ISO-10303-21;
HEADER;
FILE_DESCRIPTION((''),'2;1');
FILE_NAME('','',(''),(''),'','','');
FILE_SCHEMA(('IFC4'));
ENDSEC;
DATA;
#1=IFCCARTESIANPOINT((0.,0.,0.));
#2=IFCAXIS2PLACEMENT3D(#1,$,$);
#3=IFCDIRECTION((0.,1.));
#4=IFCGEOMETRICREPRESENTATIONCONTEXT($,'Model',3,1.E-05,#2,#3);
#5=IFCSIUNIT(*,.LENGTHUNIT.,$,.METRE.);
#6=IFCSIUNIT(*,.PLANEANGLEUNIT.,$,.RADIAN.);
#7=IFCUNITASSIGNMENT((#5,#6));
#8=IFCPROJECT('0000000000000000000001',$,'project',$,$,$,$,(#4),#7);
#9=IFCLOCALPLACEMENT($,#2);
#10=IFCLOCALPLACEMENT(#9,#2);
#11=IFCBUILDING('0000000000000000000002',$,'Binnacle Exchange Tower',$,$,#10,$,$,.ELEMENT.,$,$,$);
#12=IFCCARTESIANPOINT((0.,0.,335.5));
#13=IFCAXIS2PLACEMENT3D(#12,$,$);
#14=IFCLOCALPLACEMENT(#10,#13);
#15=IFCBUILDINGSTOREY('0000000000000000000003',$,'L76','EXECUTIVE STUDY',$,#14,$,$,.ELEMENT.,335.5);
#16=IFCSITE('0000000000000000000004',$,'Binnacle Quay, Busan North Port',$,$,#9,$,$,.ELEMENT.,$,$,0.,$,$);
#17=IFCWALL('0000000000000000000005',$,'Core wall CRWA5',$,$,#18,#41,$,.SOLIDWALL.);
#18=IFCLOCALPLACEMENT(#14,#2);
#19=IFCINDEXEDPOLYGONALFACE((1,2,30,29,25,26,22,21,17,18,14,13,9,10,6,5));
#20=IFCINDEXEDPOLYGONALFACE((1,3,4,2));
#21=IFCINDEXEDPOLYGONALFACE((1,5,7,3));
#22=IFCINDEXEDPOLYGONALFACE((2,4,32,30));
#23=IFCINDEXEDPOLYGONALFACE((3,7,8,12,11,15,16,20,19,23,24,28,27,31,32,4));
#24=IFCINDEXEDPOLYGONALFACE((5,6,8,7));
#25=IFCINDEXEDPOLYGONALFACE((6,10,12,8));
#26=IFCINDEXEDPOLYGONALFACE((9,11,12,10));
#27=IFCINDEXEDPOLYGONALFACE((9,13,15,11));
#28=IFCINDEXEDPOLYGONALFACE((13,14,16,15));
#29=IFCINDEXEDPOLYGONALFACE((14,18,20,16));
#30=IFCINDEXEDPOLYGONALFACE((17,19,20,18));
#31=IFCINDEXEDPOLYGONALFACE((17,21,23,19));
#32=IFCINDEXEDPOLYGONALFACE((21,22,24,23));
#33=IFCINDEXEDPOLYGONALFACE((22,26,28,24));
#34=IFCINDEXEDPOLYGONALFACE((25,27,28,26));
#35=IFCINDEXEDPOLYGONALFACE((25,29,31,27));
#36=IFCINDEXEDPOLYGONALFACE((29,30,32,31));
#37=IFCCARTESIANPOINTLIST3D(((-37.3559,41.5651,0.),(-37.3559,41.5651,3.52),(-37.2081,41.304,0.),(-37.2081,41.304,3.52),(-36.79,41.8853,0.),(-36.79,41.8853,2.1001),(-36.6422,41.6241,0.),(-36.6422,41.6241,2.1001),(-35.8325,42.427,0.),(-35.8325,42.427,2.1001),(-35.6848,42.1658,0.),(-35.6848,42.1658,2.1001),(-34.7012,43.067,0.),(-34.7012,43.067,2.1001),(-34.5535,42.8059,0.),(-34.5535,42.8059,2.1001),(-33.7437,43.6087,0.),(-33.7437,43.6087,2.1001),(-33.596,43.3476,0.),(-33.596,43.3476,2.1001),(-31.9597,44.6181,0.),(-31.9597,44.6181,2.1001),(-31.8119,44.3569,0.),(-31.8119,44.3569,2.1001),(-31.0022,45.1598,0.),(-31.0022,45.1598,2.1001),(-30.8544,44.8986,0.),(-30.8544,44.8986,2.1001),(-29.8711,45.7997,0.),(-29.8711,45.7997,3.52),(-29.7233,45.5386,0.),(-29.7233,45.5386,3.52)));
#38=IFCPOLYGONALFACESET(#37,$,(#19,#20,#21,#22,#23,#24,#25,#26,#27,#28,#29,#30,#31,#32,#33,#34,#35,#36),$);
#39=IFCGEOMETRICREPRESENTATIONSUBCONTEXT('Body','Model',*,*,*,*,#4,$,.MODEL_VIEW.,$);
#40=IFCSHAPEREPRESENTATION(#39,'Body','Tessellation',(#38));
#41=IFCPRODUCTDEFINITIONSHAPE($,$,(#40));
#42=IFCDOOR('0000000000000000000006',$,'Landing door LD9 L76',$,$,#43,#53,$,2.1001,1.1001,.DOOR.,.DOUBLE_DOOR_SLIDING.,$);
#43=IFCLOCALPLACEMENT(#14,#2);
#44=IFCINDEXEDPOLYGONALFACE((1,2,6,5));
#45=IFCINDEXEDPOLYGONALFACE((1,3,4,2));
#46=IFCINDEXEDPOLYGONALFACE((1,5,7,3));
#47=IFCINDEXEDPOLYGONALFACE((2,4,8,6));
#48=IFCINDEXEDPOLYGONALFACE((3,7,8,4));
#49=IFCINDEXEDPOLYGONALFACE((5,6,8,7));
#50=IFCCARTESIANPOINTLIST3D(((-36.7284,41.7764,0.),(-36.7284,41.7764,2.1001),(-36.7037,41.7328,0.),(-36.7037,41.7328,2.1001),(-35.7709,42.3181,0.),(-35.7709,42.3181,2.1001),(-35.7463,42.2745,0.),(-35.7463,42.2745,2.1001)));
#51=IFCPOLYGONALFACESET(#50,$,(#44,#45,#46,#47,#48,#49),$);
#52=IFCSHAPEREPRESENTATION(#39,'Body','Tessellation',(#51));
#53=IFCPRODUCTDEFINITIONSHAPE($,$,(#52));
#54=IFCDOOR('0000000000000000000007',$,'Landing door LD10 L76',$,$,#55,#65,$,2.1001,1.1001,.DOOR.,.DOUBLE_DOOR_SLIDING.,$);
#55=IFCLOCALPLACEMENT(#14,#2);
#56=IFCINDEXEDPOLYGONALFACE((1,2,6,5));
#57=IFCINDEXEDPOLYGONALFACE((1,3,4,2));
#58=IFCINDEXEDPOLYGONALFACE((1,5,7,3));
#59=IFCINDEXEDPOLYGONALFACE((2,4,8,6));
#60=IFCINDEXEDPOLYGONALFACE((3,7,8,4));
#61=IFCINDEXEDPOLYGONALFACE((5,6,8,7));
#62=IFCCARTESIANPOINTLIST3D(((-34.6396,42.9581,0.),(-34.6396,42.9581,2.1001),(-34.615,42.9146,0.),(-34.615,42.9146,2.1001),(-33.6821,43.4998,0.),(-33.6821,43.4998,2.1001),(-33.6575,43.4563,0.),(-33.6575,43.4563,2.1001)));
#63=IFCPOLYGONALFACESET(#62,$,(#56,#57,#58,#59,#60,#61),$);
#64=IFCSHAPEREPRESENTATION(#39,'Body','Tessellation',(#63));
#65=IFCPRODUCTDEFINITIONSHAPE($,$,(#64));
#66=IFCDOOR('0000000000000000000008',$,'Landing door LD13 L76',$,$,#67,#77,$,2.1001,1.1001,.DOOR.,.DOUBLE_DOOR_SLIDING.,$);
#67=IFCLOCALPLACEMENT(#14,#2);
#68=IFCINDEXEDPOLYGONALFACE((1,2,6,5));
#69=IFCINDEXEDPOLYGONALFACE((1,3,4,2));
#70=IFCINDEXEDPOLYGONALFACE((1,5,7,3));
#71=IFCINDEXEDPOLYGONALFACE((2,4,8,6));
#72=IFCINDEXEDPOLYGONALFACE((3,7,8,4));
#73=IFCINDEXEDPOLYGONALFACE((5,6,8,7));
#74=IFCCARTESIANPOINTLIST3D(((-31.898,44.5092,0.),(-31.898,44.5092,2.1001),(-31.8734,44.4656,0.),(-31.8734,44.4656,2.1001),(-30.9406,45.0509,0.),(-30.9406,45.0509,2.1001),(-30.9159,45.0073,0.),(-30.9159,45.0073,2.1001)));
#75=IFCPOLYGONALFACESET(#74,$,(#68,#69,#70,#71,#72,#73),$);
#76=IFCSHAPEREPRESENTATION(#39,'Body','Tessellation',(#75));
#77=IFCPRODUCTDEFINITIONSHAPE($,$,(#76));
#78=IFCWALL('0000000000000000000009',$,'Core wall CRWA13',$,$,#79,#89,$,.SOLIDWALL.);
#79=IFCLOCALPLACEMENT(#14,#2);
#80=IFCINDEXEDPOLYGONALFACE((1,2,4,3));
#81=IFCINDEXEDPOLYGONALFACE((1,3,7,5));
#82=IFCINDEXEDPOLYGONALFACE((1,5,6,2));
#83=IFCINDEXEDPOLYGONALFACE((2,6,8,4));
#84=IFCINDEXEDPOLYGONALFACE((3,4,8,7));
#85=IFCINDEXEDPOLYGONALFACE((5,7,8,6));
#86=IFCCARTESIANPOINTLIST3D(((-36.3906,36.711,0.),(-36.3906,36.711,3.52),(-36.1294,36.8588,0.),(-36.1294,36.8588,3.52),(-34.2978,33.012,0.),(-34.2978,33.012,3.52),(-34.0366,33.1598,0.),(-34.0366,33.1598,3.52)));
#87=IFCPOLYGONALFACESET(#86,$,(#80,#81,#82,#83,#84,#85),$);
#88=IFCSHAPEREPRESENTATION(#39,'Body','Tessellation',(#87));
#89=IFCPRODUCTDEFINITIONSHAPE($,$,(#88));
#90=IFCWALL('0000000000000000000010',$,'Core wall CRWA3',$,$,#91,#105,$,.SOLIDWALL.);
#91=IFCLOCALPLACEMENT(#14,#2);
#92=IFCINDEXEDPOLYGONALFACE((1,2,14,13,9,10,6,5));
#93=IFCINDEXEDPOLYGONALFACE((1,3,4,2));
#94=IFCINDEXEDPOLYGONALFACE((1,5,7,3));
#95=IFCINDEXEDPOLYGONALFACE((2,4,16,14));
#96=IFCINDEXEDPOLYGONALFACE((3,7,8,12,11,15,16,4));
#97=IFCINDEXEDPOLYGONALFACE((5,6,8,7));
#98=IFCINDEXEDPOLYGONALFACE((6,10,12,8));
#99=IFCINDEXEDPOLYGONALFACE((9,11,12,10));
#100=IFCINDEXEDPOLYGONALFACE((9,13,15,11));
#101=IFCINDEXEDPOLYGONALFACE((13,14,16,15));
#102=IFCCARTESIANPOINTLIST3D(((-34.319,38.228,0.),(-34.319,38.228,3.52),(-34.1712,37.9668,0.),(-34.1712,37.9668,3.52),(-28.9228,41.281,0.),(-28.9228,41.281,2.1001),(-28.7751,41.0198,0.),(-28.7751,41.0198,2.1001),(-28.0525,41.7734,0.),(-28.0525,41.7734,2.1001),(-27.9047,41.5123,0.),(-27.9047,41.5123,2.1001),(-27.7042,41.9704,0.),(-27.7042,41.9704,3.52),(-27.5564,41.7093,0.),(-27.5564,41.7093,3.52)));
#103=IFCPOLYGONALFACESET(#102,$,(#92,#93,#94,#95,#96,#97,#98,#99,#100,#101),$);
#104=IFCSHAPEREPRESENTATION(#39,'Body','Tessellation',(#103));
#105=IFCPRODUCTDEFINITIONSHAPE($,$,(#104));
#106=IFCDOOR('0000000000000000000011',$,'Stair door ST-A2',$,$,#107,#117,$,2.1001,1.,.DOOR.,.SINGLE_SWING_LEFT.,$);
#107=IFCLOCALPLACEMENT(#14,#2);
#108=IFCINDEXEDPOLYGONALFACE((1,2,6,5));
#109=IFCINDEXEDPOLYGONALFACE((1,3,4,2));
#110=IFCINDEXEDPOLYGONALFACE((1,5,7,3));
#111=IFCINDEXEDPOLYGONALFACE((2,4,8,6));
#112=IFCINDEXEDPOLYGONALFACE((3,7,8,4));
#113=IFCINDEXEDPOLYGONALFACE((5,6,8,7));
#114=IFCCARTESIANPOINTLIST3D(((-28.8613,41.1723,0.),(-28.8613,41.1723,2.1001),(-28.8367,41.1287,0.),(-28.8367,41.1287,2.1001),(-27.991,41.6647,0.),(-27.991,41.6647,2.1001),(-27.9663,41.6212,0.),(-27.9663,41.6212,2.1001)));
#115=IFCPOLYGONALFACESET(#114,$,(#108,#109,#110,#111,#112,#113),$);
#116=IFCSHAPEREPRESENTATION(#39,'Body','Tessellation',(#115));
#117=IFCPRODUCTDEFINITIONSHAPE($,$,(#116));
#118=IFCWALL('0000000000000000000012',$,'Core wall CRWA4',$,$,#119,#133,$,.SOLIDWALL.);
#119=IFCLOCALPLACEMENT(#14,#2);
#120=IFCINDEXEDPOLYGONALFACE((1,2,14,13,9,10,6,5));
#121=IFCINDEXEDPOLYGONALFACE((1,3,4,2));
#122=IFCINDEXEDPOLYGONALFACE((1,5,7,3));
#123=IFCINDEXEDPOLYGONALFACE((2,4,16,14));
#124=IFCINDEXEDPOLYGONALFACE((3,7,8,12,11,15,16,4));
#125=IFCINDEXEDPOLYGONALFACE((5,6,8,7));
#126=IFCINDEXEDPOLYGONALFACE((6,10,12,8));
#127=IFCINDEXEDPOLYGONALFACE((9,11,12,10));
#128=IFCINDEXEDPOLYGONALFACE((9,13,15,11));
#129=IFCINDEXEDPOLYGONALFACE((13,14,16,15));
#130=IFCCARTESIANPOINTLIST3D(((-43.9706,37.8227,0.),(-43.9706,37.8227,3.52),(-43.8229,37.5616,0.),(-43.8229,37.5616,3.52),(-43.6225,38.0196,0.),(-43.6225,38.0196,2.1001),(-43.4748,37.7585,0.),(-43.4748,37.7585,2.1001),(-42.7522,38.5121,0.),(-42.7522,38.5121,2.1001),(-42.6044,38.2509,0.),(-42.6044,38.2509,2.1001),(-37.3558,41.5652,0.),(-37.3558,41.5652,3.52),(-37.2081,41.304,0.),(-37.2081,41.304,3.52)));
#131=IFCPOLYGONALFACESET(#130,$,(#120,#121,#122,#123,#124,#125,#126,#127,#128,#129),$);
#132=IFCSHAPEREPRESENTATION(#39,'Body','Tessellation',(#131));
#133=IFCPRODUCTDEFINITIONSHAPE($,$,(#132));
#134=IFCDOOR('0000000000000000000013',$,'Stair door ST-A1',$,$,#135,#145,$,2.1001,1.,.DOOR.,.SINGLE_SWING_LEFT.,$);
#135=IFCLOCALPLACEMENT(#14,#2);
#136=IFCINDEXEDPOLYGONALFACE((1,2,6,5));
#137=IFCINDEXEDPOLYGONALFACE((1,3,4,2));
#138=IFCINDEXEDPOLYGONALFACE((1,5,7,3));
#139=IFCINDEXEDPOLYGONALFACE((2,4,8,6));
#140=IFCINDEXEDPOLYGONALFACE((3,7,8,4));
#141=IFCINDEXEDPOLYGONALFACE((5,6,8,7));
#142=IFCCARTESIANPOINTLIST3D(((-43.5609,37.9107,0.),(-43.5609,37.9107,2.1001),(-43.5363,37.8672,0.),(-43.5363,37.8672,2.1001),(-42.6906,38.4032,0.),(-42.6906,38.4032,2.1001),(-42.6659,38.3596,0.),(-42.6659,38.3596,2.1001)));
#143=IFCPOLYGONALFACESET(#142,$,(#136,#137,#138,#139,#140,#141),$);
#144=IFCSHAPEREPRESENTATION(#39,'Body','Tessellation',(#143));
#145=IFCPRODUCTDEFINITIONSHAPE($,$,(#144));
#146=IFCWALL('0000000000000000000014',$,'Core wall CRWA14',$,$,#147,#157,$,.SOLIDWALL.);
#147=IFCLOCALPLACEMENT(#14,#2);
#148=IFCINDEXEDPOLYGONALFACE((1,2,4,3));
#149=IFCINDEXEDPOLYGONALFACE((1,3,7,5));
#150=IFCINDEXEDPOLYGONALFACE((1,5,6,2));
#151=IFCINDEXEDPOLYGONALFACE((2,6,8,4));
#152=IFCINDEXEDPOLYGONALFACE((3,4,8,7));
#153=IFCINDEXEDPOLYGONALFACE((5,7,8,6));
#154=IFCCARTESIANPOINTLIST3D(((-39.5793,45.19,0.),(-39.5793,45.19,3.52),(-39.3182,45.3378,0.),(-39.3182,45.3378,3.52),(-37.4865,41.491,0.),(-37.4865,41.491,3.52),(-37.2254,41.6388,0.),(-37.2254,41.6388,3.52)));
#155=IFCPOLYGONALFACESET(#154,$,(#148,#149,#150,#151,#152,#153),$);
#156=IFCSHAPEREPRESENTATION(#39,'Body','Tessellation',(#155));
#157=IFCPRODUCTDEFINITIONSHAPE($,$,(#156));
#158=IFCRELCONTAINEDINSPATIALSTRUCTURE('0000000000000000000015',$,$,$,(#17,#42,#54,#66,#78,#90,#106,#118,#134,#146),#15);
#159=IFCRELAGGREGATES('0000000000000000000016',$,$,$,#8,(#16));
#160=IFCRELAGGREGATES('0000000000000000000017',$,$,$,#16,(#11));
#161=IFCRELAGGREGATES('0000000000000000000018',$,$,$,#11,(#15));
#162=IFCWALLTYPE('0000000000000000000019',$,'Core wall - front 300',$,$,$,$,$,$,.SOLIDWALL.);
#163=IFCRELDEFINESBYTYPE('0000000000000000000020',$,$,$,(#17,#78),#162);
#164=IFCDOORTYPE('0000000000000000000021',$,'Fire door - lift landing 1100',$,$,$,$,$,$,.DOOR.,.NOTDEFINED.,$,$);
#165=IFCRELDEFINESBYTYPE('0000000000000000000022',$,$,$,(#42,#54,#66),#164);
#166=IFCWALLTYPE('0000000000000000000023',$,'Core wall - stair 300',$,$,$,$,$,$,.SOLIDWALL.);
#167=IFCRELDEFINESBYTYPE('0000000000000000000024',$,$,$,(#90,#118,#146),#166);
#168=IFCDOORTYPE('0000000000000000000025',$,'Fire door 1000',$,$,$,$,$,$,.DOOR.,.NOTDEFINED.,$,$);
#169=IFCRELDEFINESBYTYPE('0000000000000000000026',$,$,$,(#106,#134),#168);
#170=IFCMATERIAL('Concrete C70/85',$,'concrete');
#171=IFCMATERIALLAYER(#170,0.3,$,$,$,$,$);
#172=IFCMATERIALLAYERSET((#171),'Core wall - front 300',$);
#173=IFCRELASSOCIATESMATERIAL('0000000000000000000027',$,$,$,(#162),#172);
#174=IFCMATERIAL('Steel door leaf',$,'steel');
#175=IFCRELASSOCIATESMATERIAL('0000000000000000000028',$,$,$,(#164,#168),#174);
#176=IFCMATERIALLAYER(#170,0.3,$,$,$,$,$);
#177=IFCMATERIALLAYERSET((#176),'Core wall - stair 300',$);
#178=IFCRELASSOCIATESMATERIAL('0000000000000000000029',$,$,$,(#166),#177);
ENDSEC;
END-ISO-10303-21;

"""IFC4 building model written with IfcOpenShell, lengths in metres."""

from ifc_helpers import new_model, si_unit, direction, frame, frame_2d, origin, place, context, subcontext, project, spatial, rectangle, extrude, material, layer, layer_set, type_object, element, fill, save


model = new_model("IFC4")

# Units and contexts
model_context = context("Model", 3, precision=1e-05, world=origin(), true_north=direction((0.0, 1.0)))
body_context = subcontext(model_context, "Body", "Model", "MODEL_VIEW")
ifc_project = project(units=[si_unit("LENGTHUNIT", "METRE"), si_unit("PLANEANGLEUNIT", "RADIAN")], contexts=[model_context])

# Site, building, storey
site_placement = place(None, origin())
site = spatial("IfcSite", under=ifc_project, at=site_placement, Name="Binnacle Quay, Busan North Port", CompositionType="ELEMENT", RefElevation=0.0)
building_placement = place(site_placement, origin())
building = spatial("IfcBuilding", under=site, at=building_placement, Name="Binnacle Exchange Tower", CompositionType="ELEMENT")
storey_placement = place(building_placement, frame((0.0, 0.0, 335.5)))
storey = spatial("IfcBuildingStorey", under=building, at=storey_placement, Name="L76", Description="EXECUTIVE STUDY", CompositionType="ELEMENT", Elevation=335.5)

# Wall, openings, doors
ifc_material_1 = material(Name="Concrete C70/85", Category="concrete")
ifc_layer_1 = layer(ifc_material_1, 0.3)
ifc_layer_set_1 = layer_set([ifc_layer_1], Name="Core wall - front 300")
wall_type_1 = type_object("IfcWallType", Name="Core wall - front 300", PredefinedType="SOLIDWALL", material=ifc_layer_set_1)
wall_1_placement = place(storey_placement, frame((-37.282, 41.4346, 0.0), z_axis=(0.0, 0.0, 1.0), x_axis=(0.870361, 0.492414, 0.0)))
wall_1 = element("IfcWall", 1, at=wall_1_placement, inside=storey, type_object=wall_type_1, Name="Core wall CRWA5", PredefinedType="SOLIDWALL", context=body_context, shape_type="SweptSolid", body=[
    extrude(rectangle(XDim=8.5996, YDim=0.3, at=frame_2d((4.2998, 0.0))), origin(), (0.0, 0.0, 1.0), 3.52),
])
opening_1_placement = place(wall_1_placement, frame((0.6501, 0.0, 0.0)))
opening_1 = element("IfcOpeningElement", 2, at=opening_1_placement, cuts=wall_1, PredefinedType="OPENING", context=body_context, shape_type="SweptSolid", body=[
    extrude(rectangle(XDim=1.1001, YDim=2.1001, at=frame_2d((0.55, 1.05))), frame((0.0, 0.1599, 0.0), z_axis=(0.0, -1.0, 0.0), x_axis=(1.0, 0.0, 0.0)), (0.0, 0.0, 1.0), 0.3201),
])
opening_2_placement = place(wall_1_placement, frame((3.05, 0.0, 0.0)))
opening_2 = element("IfcOpeningElement", 3, at=opening_2_placement, cuts=wall_1, PredefinedType="OPENING", context=body_context, shape_type="SweptSolid", body=[
    extrude(rectangle(XDim=1.1001, YDim=2.1001, at=frame_2d((0.55, 1.05))), frame((0.0, 0.1599, 0.0), z_axis=(0.0, -1.0, 0.0), x_axis=(1.0, 0.0, 0.0)), (0.0, 0.0, 1.0), 0.3201),
])
opening_3_placement = place(wall_1_placement, frame((6.2, 0.0, 0.0)))
opening_3 = element("IfcOpeningElement", 4, at=opening_3_placement, cuts=wall_1, PredefinedType="OPENING", context=body_context, shape_type="SweptSolid", body=[
    extrude(rectangle(XDim=1.1001, YDim=2.1001, at=frame_2d((0.55, 1.05))), frame((0.0, 0.1599, 0.0), z_axis=(0.0, -1.0, 0.0), x_axis=(1.0, 0.0, 0.0)), (0.0, 0.0, 1.0), 0.3201),
])
ifc_material_2 = material(Name="Steel door leaf", Category="steel")
door_type_1 = type_object("IfcDoorType", Name="Fire door - lift landing 1100", OperationType="NOTDEFINED", PredefinedType="DOOR", material=ifc_material_2)
door_1_placement = place(opening_1_placement, origin())
door_1 = element("IfcDoor", 5, at=door_1_placement, inside=storey, type_object=door_type_1, Name="Landing door LD9 L76", OperationType="DOUBLE_DOOR_SLIDING", OverallHeight=2.1001, OverallWidth=1.1001, PredefinedType="DOOR", context=body_context, shape_type="SweptSolid", body=[
    extrude(rectangle(XDim=1.1001, YDim=2.1001, at=frame_2d((0.55, 1.05))), frame((0.0, 0.0249, 0.0), z_axis=(0.0, -1.0, 0.0), x_axis=(1.0, 0.0, 0.0)), (0.0, 0.0, 1.0), 0.05),
])
fill(opening_1, door_1)
door_2_placement = place(opening_2_placement, origin())
door_2 = element("IfcDoor", 6, at=door_2_placement, inside=storey, type_object=door_type_1, Name="Landing door LD10 L76", OperationType="DOUBLE_DOOR_SLIDING", OverallHeight=2.1001, OverallWidth=1.1001, PredefinedType="DOOR", context=body_context, shape_type="SweptSolid", body=[
    extrude(rectangle(XDim=1.1001, YDim=2.1001, at=frame_2d((0.55, 1.05))), frame((0.0, 0.0249, 0.0), z_axis=(0.0, -1.0, 0.0), x_axis=(1.0, 0.0, 0.0)), (0.0, 0.0, 1.0), 0.05),
])
fill(opening_2, door_2)
door_3_placement = place(opening_3_placement, origin())
door_3 = element("IfcDoor", 7, at=door_3_placement, inside=storey, type_object=door_type_1, Name="Landing door LD13 L76", OperationType="DOUBLE_DOOR_SLIDING", OverallHeight=2.1001, OverallWidth=1.1001, PredefinedType="DOOR", context=body_context, shape_type="SweptSolid", body=[
    extrude(rectangle(XDim=1.1001, YDim=2.1001, at=frame_2d((0.55, 1.05))), frame((0.0, 0.0249, 0.0), z_axis=(0.0, -1.0, 0.0), x_axis=(1.0, 0.0, 0.0)), (0.0, 0.0, 1.0), 0.05),
])
fill(opening_3, door_3)

# Wall
wall_2_placement = place(storey_placement, frame((-36.26, 36.7849, 0.0), z_axis=(0.0, 0.0, 1.0), x_axis=(0.492423, -0.870356, 0.0)))
element("IfcWall", 8, at=wall_2_placement, inside=storey, type_object=wall_type_1, Name="Core wall CRWA13", PredefinedType="SOLIDWALL", context=body_context, shape_type="SweptSolid", body=[
    extrude(rectangle(XDim=4.25, YDim=0.3, at=frame_2d((2.125, 0.0))), origin(), (0.0, 0.0, 1.0), 3.52),
])

# Walls, openings, doors
ifc_layer_2 = layer(ifc_material_1, 0.3)
ifc_layer_set_2 = layer_set([ifc_layer_2], Name="Core wall - stair 300")
wall_type_2 = type_object("IfcWallType", Name="Core wall - stair 300", PredefinedType="SOLIDWALL", material=ifc_layer_set_2)
wall_3_placement = place(storey_placement, frame((-34.2451, 38.0974, 0.0), z_axis=(0.0, 0.0, 1.0), x_axis=(0.870356, 0.492422, 0.0)))
wall_3 = element("IfcWall", 9, at=wall_3_placement, inside=storey, type_object=wall_type_2, Name="Core wall CRWA3", PredefinedType="SOLIDWALL", context=body_context, shape_type="SweptSolid", body=[
    extrude(rectangle(XDim=7.6001, YDim=0.3, at=frame_2d((3.8, 0.0))), origin(), (0.0, 0.0, 1.0), 3.52),
])
opening_4_placement = place(wall_3_placement, frame((6.2, 0.0, 0.0)))
opening_4 = element("IfcOpeningElement", 10, at=opening_4_placement, cuts=wall_3, PredefinedType="OPENING", context=body_context, shape_type="SweptSolid", body=[
    extrude(rectangle(XDim=1.0, YDim=2.1001, at=frame_2d((0.5, 1.05))), frame((0.0, 0.1599, 0.0), z_axis=(0.0, -1.0, 0.0), x_axis=(1.0, 0.0, 0.0)), (0.0, 0.0, 1.0), 0.3201),
])
door_type_2 = type_object("IfcDoorType", Name="Fire door 1000", OperationType="NOTDEFINED", PredefinedType="DOOR", material=ifc_material_2)
door_4_placement = place(opening_4_placement, frame((1.0, 0.0, 0.0), z_axis=(0.0, 0.0, 1.0), x_axis=(-1.0, 0.0, 0.0)))
door_4 = element("IfcDoor", 11, at=door_4_placement, inside=storey, type_object=door_type_2, Name="Stair door ST-A2", OperationType="SINGLE_SWING_LEFT", OverallHeight=2.1001, OverallWidth=1.0, PredefinedType="DOOR", context=body_context, shape_type="SweptSolid", body=[
    extrude(rectangle(XDim=1.0, YDim=2.1001, at=frame_2d((0.5, 1.05))), frame((0.0, 0.0249, 0.0), z_axis=(0.0, -1.0, 0.0), x_axis=(1.0, 0.0, 0.0)), (0.0, 0.0, 1.0), 0.05),
])
fill(opening_4, door_4)
wall_4_placement = place(storey_placement, frame((-43.8967, 37.6921, 0.0), z_axis=(0.0, 0.0, 1.0), x_axis=(0.870356, 0.492422, 0.0)))
wall_4 = element("IfcWall", 12, at=wall_4_placement, inside=storey, type_object=wall_type_2, Name="Core wall CRWA4", PredefinedType="SOLIDWALL", context=body_context, shape_type="SweptSolid", body=[
    extrude(rectangle(XDim=7.6001, YDim=0.3, at=frame_2d((3.8, 0.0))), origin(), (0.0, 0.0, 1.0), 3.52),
])
opening_5_placement = place(wall_4_placement, frame((0.3999, 0.0, 0.0)))
opening_5 = element("IfcOpeningElement", 13, at=opening_5_placement, cuts=wall_4, PredefinedType="OPENING", context=body_context, shape_type="SweptSolid", body=[
    extrude(rectangle(XDim=1.0, YDim=2.1001, at=frame_2d((0.5, 1.05))), frame((0.0, 0.1599, 0.0), z_axis=(0.0, -1.0, 0.0), x_axis=(1.0, 0.0, 0.0)), (0.0, 0.0, 1.0), 0.3201),
])
door_5_placement = place(opening_5_placement, origin())
door_5 = element("IfcDoor", 14, at=door_5_placement, inside=storey, type_object=door_type_2, Name="Stair door ST-A1", OperationType="SINGLE_SWING_LEFT", OverallHeight=2.1001, OverallWidth=1.0, PredefinedType="DOOR", context=body_context, shape_type="SweptSolid", body=[
    extrude(rectangle(XDim=1.0, YDim=2.1001, at=frame_2d((0.5, 1.05))), frame((0.0, 0.0249, 0.0), z_axis=(0.0, -1.0, 0.0), x_axis=(1.0, 0.0, 0.0)), (0.0, 0.0, 1.0), 0.05),
])
fill(opening_5, door_5)

# Wall
wall_5_placement = place(storey_placement, frame((-39.4487, 45.2639, 0.0), z_axis=(0.0, 0.0, 1.0), x_axis=(0.492423, -0.870356, 0.0)))
element("IfcWall", 15, at=wall_5_placement, inside=storey, type_object=wall_type_2, Name="Core wall CRWA14", PredefinedType="SOLIDWALL", context=body_context, shape_type="SweptSolid", body=[
    extrude(rectangle(XDim=4.25, YDim=0.3, at=frame_2d((2.125, 0.0))), origin(), (0.0, 0.0, 1.0), 3.52),
])

save(model, "model.ifc")
